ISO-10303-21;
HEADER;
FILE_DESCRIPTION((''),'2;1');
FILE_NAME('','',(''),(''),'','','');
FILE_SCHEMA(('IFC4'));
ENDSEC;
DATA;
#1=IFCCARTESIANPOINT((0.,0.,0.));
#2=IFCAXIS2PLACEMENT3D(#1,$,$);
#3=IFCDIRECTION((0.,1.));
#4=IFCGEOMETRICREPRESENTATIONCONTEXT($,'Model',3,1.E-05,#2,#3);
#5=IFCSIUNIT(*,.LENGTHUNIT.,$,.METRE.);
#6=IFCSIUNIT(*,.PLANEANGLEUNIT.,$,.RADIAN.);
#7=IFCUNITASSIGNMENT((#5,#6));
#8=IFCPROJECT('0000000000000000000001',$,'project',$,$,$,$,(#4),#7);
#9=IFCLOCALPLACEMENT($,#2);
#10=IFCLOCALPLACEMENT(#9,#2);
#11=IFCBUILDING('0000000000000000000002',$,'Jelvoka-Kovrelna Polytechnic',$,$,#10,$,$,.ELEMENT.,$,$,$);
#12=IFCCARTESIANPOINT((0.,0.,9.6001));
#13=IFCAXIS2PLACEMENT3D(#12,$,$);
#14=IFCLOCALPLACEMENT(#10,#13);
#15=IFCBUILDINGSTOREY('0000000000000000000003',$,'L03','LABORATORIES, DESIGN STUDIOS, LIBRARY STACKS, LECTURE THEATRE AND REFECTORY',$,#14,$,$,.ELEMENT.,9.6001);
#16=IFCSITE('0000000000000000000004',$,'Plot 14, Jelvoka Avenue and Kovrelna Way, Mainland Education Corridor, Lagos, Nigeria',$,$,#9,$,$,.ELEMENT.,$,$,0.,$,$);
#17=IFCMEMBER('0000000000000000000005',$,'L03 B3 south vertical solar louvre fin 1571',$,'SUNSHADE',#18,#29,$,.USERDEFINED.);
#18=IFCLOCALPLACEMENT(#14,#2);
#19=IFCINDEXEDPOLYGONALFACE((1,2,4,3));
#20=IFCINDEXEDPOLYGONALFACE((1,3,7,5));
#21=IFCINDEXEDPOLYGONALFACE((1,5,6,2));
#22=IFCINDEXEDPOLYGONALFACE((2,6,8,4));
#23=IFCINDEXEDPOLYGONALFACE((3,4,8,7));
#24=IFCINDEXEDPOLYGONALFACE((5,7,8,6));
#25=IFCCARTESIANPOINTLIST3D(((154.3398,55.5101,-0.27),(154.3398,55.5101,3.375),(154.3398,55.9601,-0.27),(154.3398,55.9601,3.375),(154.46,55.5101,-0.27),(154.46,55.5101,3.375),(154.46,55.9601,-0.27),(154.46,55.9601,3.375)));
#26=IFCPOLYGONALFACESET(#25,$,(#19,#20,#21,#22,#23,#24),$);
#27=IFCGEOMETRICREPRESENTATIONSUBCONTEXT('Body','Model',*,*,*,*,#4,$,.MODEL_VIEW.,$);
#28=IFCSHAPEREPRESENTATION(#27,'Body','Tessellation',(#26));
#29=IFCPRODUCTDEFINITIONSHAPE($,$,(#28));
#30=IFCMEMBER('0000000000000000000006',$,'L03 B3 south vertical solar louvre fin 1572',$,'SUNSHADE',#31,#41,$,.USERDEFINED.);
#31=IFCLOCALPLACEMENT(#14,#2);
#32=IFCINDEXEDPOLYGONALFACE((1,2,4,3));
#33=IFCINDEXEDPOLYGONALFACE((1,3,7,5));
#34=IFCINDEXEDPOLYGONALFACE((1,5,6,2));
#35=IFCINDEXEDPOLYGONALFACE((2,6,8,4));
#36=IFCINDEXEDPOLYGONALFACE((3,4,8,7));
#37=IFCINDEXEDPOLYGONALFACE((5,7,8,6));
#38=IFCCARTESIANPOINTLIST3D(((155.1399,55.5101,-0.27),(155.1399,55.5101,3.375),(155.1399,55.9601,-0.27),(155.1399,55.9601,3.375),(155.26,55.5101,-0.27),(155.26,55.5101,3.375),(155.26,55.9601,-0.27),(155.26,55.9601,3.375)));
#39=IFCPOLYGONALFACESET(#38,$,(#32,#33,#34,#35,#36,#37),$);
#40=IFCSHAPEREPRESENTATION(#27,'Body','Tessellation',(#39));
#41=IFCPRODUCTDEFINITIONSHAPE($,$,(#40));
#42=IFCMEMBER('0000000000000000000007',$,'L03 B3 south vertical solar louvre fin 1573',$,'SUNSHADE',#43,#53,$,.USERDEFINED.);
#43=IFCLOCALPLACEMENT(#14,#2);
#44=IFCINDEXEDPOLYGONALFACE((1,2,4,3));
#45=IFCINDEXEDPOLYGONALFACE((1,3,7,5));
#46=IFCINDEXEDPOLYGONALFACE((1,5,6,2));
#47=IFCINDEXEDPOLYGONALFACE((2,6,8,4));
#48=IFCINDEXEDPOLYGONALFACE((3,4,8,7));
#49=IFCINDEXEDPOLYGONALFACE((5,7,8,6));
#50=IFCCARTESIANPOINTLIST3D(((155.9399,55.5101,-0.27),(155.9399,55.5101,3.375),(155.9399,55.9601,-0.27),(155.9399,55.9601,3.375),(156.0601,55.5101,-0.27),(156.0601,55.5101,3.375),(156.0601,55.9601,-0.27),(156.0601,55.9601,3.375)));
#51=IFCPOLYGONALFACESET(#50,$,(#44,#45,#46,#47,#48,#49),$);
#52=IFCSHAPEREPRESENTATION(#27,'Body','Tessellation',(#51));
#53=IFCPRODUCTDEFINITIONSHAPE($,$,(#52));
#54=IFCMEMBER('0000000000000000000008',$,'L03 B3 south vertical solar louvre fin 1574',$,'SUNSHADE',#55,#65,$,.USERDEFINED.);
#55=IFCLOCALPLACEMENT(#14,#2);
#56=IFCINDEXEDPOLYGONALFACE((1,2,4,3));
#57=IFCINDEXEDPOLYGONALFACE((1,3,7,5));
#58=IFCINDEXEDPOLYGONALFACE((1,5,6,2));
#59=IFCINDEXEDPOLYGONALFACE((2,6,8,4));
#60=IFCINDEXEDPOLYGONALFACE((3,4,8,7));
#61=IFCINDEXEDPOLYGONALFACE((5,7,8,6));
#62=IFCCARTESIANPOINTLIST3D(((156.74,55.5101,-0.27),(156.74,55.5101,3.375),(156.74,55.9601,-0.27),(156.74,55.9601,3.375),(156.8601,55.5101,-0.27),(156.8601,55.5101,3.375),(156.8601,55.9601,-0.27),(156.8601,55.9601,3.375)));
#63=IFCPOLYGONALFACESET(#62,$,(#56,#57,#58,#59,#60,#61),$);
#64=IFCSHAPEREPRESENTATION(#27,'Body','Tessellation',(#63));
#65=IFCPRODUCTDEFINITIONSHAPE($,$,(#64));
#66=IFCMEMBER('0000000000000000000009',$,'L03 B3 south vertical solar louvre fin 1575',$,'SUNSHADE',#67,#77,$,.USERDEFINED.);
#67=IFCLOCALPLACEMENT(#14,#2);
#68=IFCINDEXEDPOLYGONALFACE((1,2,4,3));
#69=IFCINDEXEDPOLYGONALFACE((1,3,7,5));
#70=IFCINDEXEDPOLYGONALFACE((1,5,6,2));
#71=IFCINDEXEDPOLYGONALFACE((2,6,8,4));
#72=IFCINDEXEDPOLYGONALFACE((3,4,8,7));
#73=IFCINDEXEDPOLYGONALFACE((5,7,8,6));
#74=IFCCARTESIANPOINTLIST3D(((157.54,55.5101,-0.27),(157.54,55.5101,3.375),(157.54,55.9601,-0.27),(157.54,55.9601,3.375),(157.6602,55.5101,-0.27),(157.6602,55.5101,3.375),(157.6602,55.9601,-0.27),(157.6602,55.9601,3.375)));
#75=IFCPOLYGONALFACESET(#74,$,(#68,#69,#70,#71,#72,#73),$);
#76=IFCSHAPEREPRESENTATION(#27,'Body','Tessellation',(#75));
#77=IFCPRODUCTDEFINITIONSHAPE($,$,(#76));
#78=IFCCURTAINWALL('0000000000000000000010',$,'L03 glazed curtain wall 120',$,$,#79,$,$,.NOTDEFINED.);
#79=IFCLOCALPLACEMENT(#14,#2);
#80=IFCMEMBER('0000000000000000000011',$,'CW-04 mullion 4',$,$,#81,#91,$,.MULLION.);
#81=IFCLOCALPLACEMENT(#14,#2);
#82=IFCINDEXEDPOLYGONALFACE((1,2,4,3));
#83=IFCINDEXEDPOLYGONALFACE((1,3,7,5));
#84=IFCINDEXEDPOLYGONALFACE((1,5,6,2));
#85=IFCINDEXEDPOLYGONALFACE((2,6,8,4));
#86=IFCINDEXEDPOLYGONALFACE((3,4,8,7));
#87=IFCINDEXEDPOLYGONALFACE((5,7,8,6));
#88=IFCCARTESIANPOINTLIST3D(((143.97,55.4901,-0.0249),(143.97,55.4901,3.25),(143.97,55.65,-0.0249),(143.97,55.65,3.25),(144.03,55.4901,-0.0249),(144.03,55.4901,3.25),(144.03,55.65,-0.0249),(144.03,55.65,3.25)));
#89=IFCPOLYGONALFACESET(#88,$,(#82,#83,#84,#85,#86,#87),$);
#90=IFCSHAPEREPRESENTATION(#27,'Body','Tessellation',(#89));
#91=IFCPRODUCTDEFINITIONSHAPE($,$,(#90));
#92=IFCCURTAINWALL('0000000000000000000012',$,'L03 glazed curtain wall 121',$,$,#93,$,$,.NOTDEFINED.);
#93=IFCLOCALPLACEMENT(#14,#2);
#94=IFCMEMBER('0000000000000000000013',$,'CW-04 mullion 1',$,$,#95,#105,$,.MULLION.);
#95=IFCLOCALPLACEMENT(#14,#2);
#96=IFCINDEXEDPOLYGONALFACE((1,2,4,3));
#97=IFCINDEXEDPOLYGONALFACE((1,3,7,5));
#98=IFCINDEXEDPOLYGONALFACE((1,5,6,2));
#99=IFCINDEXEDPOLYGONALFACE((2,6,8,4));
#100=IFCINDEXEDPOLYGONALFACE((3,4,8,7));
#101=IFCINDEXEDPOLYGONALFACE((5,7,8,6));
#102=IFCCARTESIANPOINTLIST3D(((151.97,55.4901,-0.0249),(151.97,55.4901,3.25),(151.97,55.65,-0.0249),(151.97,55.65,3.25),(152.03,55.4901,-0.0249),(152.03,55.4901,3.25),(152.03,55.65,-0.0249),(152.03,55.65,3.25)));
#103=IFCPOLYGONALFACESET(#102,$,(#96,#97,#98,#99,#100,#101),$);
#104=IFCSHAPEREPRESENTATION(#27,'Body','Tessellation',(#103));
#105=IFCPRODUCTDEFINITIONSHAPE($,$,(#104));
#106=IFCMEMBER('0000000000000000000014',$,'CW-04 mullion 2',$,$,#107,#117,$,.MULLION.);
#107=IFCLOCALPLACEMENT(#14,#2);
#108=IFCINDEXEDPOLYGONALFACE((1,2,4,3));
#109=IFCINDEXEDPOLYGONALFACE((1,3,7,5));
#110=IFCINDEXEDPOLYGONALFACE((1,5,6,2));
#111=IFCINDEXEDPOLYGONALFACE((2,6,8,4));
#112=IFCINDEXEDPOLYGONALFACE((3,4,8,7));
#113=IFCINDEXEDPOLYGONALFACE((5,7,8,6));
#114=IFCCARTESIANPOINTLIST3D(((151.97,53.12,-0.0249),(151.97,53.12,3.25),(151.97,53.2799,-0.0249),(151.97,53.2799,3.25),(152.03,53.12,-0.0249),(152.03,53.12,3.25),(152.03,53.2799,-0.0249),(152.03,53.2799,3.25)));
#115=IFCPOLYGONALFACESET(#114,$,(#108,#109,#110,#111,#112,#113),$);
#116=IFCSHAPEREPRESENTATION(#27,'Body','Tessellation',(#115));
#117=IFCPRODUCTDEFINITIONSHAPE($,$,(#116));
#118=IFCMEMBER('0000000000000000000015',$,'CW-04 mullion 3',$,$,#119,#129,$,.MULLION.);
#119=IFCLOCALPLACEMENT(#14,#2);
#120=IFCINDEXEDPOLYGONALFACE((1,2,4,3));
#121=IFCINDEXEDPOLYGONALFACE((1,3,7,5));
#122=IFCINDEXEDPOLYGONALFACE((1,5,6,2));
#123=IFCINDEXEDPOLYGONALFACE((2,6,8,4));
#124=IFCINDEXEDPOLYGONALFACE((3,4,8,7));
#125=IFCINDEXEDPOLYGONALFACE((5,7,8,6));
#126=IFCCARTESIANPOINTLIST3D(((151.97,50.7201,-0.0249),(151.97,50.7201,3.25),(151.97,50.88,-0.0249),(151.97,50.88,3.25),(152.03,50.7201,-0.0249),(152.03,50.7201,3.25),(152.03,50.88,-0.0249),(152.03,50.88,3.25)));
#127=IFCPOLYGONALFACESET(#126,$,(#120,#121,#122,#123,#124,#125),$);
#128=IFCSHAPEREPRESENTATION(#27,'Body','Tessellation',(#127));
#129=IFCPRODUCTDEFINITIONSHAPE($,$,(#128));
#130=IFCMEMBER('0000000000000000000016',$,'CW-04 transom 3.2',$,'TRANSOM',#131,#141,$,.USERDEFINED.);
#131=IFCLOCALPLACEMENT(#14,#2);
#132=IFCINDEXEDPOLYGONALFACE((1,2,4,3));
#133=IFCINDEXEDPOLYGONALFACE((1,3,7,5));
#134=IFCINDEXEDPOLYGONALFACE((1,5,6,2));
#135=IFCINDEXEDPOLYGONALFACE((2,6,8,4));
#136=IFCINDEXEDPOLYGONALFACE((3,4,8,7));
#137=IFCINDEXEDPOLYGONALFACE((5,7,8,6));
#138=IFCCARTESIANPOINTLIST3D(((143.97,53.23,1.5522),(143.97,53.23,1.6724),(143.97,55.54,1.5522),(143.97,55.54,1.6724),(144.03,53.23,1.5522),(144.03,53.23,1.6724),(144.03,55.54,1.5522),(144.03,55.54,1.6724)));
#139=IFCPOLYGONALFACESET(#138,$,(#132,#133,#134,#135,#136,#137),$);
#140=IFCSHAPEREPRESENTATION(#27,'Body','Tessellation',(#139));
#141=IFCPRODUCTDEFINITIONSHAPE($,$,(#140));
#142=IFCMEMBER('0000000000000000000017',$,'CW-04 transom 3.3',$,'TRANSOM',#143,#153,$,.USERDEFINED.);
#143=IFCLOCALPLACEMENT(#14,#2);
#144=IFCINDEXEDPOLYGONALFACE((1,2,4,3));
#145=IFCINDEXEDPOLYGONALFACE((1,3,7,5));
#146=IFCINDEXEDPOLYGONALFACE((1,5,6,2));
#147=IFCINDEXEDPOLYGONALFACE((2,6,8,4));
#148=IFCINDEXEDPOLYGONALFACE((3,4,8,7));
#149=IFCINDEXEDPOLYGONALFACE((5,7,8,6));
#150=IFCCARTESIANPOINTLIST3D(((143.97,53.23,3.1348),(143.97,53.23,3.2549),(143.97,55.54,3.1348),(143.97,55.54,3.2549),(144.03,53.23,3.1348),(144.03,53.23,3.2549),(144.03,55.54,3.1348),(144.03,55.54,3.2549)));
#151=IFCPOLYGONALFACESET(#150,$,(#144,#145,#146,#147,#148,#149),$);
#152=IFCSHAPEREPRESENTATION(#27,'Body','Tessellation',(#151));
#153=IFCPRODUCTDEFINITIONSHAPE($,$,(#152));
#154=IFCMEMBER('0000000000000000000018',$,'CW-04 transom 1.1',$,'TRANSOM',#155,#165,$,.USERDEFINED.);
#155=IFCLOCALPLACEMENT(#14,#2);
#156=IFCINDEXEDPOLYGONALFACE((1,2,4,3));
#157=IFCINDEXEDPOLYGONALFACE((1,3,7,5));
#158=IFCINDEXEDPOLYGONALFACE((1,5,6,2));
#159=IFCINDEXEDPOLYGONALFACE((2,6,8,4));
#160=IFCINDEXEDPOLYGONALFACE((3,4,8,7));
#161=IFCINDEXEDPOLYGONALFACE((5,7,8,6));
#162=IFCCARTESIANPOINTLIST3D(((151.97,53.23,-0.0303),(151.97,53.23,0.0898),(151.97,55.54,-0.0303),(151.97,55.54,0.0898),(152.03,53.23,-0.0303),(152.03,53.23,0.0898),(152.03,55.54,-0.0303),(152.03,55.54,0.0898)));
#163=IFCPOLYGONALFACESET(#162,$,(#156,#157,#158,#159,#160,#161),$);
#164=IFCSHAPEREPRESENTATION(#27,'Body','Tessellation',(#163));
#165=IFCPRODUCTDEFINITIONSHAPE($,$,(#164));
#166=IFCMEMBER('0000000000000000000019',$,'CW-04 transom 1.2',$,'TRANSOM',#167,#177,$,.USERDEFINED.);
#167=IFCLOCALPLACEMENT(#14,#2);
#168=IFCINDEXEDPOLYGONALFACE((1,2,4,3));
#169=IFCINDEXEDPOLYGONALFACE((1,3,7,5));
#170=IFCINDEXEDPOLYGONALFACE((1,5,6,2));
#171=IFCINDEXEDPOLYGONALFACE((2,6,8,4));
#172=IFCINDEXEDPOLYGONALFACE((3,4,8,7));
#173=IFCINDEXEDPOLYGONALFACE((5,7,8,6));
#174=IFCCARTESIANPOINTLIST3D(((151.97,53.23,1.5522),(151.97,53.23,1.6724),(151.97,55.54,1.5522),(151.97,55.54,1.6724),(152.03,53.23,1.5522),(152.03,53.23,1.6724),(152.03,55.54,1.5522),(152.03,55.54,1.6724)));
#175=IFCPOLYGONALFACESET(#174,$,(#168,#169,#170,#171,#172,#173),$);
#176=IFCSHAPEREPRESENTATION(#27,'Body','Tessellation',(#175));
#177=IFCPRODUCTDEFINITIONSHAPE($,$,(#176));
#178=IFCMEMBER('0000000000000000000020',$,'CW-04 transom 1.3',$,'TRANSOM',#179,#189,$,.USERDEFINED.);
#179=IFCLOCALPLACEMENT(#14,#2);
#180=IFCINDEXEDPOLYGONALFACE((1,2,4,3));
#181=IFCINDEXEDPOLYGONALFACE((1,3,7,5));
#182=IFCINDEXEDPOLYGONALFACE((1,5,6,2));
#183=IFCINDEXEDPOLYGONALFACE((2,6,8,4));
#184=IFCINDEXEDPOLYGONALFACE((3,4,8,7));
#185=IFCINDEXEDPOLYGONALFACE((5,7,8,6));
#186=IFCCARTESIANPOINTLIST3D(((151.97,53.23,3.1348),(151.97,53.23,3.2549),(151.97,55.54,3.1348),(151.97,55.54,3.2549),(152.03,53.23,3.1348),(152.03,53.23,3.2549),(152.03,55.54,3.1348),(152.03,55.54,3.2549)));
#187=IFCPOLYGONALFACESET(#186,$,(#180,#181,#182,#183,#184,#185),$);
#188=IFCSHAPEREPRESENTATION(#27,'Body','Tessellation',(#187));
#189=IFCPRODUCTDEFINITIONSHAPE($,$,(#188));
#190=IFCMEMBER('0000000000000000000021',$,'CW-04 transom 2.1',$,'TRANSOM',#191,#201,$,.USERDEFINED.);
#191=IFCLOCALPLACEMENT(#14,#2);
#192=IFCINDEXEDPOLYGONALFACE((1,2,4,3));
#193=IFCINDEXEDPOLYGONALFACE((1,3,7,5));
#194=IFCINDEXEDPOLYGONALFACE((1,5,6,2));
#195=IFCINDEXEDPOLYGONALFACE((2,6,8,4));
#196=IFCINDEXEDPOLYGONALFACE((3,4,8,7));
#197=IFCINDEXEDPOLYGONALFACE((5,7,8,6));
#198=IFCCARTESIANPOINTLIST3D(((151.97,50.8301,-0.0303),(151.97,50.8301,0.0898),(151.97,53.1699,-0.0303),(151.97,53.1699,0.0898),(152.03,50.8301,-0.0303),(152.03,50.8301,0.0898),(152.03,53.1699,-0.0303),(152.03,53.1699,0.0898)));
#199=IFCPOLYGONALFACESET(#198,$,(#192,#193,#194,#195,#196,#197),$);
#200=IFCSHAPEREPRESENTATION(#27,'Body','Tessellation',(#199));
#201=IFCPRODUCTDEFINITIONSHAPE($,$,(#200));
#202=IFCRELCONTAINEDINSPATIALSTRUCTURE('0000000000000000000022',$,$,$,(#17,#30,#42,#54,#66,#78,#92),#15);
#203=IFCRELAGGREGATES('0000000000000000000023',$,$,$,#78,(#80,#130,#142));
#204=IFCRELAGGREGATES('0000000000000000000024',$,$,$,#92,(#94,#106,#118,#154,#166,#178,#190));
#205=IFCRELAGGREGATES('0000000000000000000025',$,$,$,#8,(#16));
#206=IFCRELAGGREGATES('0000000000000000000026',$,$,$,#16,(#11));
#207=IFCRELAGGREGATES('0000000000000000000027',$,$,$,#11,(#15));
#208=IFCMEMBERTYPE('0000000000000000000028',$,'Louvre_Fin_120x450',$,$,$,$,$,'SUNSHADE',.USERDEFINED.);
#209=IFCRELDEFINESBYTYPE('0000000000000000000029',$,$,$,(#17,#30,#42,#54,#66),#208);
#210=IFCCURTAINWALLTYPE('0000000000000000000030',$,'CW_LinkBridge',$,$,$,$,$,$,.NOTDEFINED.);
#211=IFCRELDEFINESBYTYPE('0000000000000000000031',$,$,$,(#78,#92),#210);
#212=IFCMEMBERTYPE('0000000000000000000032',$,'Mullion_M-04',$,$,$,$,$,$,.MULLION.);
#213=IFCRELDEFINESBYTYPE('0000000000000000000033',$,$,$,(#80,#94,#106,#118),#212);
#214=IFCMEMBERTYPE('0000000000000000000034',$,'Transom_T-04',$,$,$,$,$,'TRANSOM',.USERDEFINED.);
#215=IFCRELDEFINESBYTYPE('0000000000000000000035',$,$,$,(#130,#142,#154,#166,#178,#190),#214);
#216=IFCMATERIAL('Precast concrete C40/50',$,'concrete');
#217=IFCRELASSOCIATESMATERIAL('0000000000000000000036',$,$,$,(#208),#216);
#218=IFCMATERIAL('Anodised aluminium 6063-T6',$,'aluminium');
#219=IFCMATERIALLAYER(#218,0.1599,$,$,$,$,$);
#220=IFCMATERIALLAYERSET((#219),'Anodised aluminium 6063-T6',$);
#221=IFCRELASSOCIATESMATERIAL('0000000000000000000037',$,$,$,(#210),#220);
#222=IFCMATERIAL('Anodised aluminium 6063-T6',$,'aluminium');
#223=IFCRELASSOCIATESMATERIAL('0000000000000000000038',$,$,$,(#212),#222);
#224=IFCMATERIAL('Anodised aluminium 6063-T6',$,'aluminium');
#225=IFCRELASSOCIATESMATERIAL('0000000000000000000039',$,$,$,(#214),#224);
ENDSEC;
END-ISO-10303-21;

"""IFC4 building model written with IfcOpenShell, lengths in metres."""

from ifc_helpers import new_model, si_unit, direction, frame, origin, origin_2d, place, context, subcontext, project, spatial, rectangle, extrude, material, layer, layer_set, material_profile, profile_set, type_object, element, aggregate, save


model = new_model("IFC4")

# Units and contexts
model_context = context("Model", 3, precision=1e-05, world=origin(), true_north=direction((0.0, 1.0)))
body_context = subcontext(model_context, "Body", "Model", "MODEL_VIEW")
ifc_project = project(units=[si_unit("LENGTHUNIT", "METRE"), si_unit("PLANEANGLEUNIT", "RADIAN")], contexts=[model_context])

# Site, building, storey
site_placement = place(None, origin())
site = spatial("IfcSite", under=ifc_project, at=site_placement, Name="Plot 14, Jelvoka Avenue and Kovrelna Way, Mainland Education Corridor, Lagos, Nigeria", CompositionType="ELEMENT", RefElevation=0.0)
building_placement = place(site_placement, origin())
building = spatial("IfcBuilding", under=site, at=building_placement, Name="Jelvoka-Kovrelna Polytechnic", CompositionType="ELEMENT")
storey_placement = place(building_placement, frame((0.0, 0.0, 9.6001)))
storey = spatial("IfcBuildingStorey", under=building, at=storey_placement, Name="L03", Description="LABORATORIES, DESIGN STUDIOS, LIBRARY STACKS, LECTURE THEATRE AND REFECTORY", CompositionType="ELEMENT", Elevation=9.6001)

# Members
ifc_material_1 = material(Name="Precast concrete C40/50", Category="concrete")
ifc_material_profile_1 = material_profile(ifc_material_1, rectangle(XDim=0.1201, YDim=0.45, at=origin_2d()), Name="PC 120x450")
ifc_profile_set_1 = profile_set([ifc_material_profile_1], Name="Precast concrete C40/50")
member_type_1 = type_object("IfcMemberType", Name="Louvre_Fin_120x450", ElementType="SUNSHADE", PredefinedType="USERDEFINED", material=ifc_profile_set_1)
for number, where, z_axis, x_axis, name in (
    (1, (154.3999, 55.7351, -0.27), (0.0, 0.0, 1.0), (1.0, 0.0, 0.0), "L03 B3 south vertical solar louvre fin 1571"),
    (2, (155.2, 55.7351, -0.27), (0.0, 0.0, 1.0), (1.0, 0.0, 0.0), "L03 B3 south vertical solar louvre fin 1572"),
    (3, (156.0, 55.7351, -0.27), (0.0, 0.0, 1.0), (1.0, 0.0, 0.0), "L03 B3 south vertical solar louvre fin 1573"),
    (4, (156.8, 55.7351, -0.27), (0.0, 0.0, 1.0), (1.0, 0.0, 0.0), "L03 B3 south vertical solar louvre fin 1574"),
    (5, (157.6001, 55.7351, -0.27), (0.0, 0.0, 1.0), (1.0, 0.0, 0.0), "L03 B3 south vertical solar louvre fin 1575"),
):
    element("IfcMember", number, at=place(storey_placement, frame(where, z_axis=z_axis, x_axis=x_axis)), inside=storey, type_object=member_type_1, Name=name, ObjectType="SUNSHADE", PredefinedType="USERDEFINED", context=body_context, shape_type="SweptSolid", body=[
        extrude(rectangle(XDim=0.1201, YDim=0.45, at=origin_2d()), origin(), (0.0, 0.0, 1.0), 3.645),
    ])

# Curtain wall, member
ifc_material_2 = material(Name="Anodised aluminium 6063-T6", Category="aluminium")
ifc_layer_1 = layer(ifc_material_2, 0.1599)
ifc_layer_set_1 = layer_set([ifc_layer_1], Name="Anodised aluminium 6063-T6")
curtain_wall_type = type_object("IfcCurtainWallType", Name="CW_LinkBridge", PredefinedType="NOTDEFINED", material=ifc_layer_set_1)
curtain_wall_1_placement = place(storey_placement, origin())
curtain_wall_1 = element("IfcCurtainWall", 6, at=curtain_wall_1_placement, inside=storey, type_object=curtain_wall_type, Name="L03 glazed curtain wall 120", PredefinedType="NOTDEFINED")
ifc_material_3 = material(Name="Anodised aluminium 6063-T6", Category="aluminium")
ifc_material_profile_2 = material_profile(ifc_material_3, rectangle(XDim=0.0601, YDim=0.1599, at=origin_2d()), Name="ALU 60x160")
ifc_profile_set_2 = profile_set([ifc_material_profile_2], Name="Anodised aluminium 6063-T6")
member_type_2 = type_object("IfcMemberType", Name="Mullion_M-04", PredefinedType="MULLION", material=ifc_profile_set_2)
member_1_placement = place(storey_placement, frame((144.0, 55.5701, -0.0249), z_axis=(0.0, 0.0, 1.0), x_axis=(-1.0, 0.0, 0.0)))
member_1 = element("IfcMember", 7, at=member_1_placement, type_object=member_type_2, Name="CW-04 mullion 4", PredefinedType="MULLION", context=body_context, shape_type="SweptSolid", body=[
    extrude(rectangle(XDim=0.0601, YDim=0.1599, at=origin_2d()), origin(), (0.0, 0.0, 1.0), 3.2749),
])

# Curtain wall, members
curtain_wall_2_placement = place(storey_placement, origin())
curtain_wall_2 = element("IfcCurtainWall", 8, at=curtain_wall_2_placement, inside=storey, type_object=curtain_wall_type, Name="L03 glazed curtain wall 121", PredefinedType="NOTDEFINED")
member_2_placement = place(storey_placement, frame((152.0, 55.5701, -0.0249), z_axis=(0.0, 0.0, 1.0), x_axis=(1.0, 0.0, 0.0)))
member_2 = element("IfcMember", 9, at=member_2_placement, type_object=member_type_2, Name="CW-04 mullion 1", PredefinedType="MULLION", context=body_context, shape_type="SweptSolid", body=[
    extrude(rectangle(XDim=0.0601, YDim=0.1599, at=origin_2d()), origin(), (0.0, 0.0, 1.0), 3.2749),
])
member_3_placement = place(storey_placement, frame((152.0, 53.2, -0.0249), z_axis=(0.0, 0.0, 1.0), x_axis=(1.0, 0.0, 0.0)))
member_3 = element("IfcMember", 10, at=member_3_placement, type_object=member_type_2, Name="CW-04 mullion 2", PredefinedType="MULLION", context=body_context, shape_type="SweptSolid", body=[
    extrude(rectangle(XDim=0.0601, YDim=0.1599, at=origin_2d()), origin(), (0.0, 0.0, 1.0), 3.2749),
])
member_4_placement = place(storey_placement, frame((152.0, 50.8, -0.0249), z_axis=(0.0, 0.0, 1.0), x_axis=(1.0, 0.0, 0.0)))
member_4 = element("IfcMember", 11, at=member_4_placement, type_object=member_type_2, Name="CW-04 mullion 3", PredefinedType="MULLION", context=body_context, shape_type="SweptSolid", body=[
    extrude(rectangle(XDim=0.0601, YDim=0.1599, at=origin_2d()), origin(), (0.0, 0.0, 1.0), 3.2749),
])

# Members
ifc_material_4 = material(Name="Anodised aluminium 6063-T6", Category="aluminium")
ifc_material_profile_3 = material_profile(ifc_material_4, rectangle(XDim=0.0601, YDim=0.1201, at=origin_2d()), Name="ALU 60x120")
ifc_profile_set_3 = profile_set([ifc_material_profile_3], Name="Anodised aluminium 6063-T6")
member_type_3 = type_object("IfcMemberType", Name="Transom_T-04", ElementType="TRANSOM", PredefinedType="USERDEFINED", material=ifc_profile_set_3)
member_5_placement = place(storey_placement, frame((144.0, 53.23, 1.6123), z_axis=(0.0, 1.0, 0.0), x_axis=(-1.0, 0.0, 0.0)))
member_5 = element("IfcMember", 12, at=member_5_placement, type_object=member_type_3, Name="CW-04 transom 3.2", ObjectType="TRANSOM", PredefinedType="USERDEFINED", context=body_context, shape_type="SweptSolid", body=[
    extrude(rectangle(XDim=0.0601, YDim=0.1201, at=origin_2d()), origin(), (0.0, 0.0, 1.0), 2.3101),
])
member_6_placement = place(storey_placement, frame((144.0, 53.23, 3.1948), z_axis=(0.0, 1.0, 0.0), x_axis=(-1.0, 0.0, 0.0)))
member_6 = element("IfcMember", 13, at=member_6_placement, type_object=member_type_3, Name="CW-04 transom 3.3", ObjectType="TRANSOM", PredefinedType="USERDEFINED", context=body_context, shape_type="SweptSolid", body=[
    extrude(rectangle(XDim=0.0601, YDim=0.1201, at=origin_2d()), origin(), (0.0, 0.0, 1.0), 2.3101),
])
member_7_placement = place(storey_placement, frame((152.0, 55.54, 0.0298), z_axis=(0.0, -1.0, 0.0), x_axis=(1.0, 0.0, 0.0)))
member_7 = element("IfcMember", 14, at=member_7_placement, type_object=member_type_3, Name="CW-04 transom 1.1", ObjectType="TRANSOM", PredefinedType="USERDEFINED", context=body_context, shape_type="SweptSolid", body=[
    extrude(rectangle(XDim=0.0601, YDim=0.1201, at=origin_2d()), origin(), (0.0, 0.0, 1.0), 2.3101),
])
member_8_placement = place(storey_placement, frame((152.0, 55.54, 1.6123), z_axis=(0.0, -1.0, 0.0), x_axis=(1.0, 0.0, 0.0)))
member_8 = element("IfcMember", 15, at=member_8_placement, type_object=member_type_3, Name="CW-04 transom 1.2", ObjectType="TRANSOM", PredefinedType="USERDEFINED", context=body_context, shape_type="SweptSolid", body=[
    extrude(rectangle(XDim=0.0601, YDim=0.1201, at=origin_2d()), origin(), (0.0, 0.0, 1.0), 2.3101),
])
member_9_placement = place(storey_placement, frame((152.0, 55.54, 3.1948), z_axis=(0.0, -1.0, 0.0), x_axis=(1.0, 0.0, 0.0)))
member_9 = element("IfcMember", 16, at=member_9_placement, type_object=member_type_3, Name="CW-04 transom 1.3", ObjectType="TRANSOM", PredefinedType="USERDEFINED", context=body_context, shape_type="SweptSolid", body=[
    extrude(rectangle(XDim=0.0601, YDim=0.1201, at=origin_2d()), origin(), (0.0, 0.0, 1.0), 2.3101),
])
member_10_placement = place(storey_placement, frame((152.0, 53.1699, 0.0298), z_axis=(0.0, -1.0, 0.0), x_axis=(1.0, 0.0, 0.0)))
member_10 = element("IfcMember", 17, at=member_10_placement, type_object=member_type_3, Name="CW-04 transom 2.1", ObjectType="TRANSOM", PredefinedType="USERDEFINED", context=body_context, shape_type="SweptSolid", body=[
    extrude(rectangle(XDim=0.0601, YDim=0.1201, at=origin_2d()), origin(), (0.0, 0.0, 1.0), 2.3398),
])

aggregate(curtain_wall_1, [member_1, member_5, member_6])
aggregate(curtain_wall_2, [member_2, member_3, member_4, member_7, member_8, member_9, member_10])

save(model, "model.ifc")
